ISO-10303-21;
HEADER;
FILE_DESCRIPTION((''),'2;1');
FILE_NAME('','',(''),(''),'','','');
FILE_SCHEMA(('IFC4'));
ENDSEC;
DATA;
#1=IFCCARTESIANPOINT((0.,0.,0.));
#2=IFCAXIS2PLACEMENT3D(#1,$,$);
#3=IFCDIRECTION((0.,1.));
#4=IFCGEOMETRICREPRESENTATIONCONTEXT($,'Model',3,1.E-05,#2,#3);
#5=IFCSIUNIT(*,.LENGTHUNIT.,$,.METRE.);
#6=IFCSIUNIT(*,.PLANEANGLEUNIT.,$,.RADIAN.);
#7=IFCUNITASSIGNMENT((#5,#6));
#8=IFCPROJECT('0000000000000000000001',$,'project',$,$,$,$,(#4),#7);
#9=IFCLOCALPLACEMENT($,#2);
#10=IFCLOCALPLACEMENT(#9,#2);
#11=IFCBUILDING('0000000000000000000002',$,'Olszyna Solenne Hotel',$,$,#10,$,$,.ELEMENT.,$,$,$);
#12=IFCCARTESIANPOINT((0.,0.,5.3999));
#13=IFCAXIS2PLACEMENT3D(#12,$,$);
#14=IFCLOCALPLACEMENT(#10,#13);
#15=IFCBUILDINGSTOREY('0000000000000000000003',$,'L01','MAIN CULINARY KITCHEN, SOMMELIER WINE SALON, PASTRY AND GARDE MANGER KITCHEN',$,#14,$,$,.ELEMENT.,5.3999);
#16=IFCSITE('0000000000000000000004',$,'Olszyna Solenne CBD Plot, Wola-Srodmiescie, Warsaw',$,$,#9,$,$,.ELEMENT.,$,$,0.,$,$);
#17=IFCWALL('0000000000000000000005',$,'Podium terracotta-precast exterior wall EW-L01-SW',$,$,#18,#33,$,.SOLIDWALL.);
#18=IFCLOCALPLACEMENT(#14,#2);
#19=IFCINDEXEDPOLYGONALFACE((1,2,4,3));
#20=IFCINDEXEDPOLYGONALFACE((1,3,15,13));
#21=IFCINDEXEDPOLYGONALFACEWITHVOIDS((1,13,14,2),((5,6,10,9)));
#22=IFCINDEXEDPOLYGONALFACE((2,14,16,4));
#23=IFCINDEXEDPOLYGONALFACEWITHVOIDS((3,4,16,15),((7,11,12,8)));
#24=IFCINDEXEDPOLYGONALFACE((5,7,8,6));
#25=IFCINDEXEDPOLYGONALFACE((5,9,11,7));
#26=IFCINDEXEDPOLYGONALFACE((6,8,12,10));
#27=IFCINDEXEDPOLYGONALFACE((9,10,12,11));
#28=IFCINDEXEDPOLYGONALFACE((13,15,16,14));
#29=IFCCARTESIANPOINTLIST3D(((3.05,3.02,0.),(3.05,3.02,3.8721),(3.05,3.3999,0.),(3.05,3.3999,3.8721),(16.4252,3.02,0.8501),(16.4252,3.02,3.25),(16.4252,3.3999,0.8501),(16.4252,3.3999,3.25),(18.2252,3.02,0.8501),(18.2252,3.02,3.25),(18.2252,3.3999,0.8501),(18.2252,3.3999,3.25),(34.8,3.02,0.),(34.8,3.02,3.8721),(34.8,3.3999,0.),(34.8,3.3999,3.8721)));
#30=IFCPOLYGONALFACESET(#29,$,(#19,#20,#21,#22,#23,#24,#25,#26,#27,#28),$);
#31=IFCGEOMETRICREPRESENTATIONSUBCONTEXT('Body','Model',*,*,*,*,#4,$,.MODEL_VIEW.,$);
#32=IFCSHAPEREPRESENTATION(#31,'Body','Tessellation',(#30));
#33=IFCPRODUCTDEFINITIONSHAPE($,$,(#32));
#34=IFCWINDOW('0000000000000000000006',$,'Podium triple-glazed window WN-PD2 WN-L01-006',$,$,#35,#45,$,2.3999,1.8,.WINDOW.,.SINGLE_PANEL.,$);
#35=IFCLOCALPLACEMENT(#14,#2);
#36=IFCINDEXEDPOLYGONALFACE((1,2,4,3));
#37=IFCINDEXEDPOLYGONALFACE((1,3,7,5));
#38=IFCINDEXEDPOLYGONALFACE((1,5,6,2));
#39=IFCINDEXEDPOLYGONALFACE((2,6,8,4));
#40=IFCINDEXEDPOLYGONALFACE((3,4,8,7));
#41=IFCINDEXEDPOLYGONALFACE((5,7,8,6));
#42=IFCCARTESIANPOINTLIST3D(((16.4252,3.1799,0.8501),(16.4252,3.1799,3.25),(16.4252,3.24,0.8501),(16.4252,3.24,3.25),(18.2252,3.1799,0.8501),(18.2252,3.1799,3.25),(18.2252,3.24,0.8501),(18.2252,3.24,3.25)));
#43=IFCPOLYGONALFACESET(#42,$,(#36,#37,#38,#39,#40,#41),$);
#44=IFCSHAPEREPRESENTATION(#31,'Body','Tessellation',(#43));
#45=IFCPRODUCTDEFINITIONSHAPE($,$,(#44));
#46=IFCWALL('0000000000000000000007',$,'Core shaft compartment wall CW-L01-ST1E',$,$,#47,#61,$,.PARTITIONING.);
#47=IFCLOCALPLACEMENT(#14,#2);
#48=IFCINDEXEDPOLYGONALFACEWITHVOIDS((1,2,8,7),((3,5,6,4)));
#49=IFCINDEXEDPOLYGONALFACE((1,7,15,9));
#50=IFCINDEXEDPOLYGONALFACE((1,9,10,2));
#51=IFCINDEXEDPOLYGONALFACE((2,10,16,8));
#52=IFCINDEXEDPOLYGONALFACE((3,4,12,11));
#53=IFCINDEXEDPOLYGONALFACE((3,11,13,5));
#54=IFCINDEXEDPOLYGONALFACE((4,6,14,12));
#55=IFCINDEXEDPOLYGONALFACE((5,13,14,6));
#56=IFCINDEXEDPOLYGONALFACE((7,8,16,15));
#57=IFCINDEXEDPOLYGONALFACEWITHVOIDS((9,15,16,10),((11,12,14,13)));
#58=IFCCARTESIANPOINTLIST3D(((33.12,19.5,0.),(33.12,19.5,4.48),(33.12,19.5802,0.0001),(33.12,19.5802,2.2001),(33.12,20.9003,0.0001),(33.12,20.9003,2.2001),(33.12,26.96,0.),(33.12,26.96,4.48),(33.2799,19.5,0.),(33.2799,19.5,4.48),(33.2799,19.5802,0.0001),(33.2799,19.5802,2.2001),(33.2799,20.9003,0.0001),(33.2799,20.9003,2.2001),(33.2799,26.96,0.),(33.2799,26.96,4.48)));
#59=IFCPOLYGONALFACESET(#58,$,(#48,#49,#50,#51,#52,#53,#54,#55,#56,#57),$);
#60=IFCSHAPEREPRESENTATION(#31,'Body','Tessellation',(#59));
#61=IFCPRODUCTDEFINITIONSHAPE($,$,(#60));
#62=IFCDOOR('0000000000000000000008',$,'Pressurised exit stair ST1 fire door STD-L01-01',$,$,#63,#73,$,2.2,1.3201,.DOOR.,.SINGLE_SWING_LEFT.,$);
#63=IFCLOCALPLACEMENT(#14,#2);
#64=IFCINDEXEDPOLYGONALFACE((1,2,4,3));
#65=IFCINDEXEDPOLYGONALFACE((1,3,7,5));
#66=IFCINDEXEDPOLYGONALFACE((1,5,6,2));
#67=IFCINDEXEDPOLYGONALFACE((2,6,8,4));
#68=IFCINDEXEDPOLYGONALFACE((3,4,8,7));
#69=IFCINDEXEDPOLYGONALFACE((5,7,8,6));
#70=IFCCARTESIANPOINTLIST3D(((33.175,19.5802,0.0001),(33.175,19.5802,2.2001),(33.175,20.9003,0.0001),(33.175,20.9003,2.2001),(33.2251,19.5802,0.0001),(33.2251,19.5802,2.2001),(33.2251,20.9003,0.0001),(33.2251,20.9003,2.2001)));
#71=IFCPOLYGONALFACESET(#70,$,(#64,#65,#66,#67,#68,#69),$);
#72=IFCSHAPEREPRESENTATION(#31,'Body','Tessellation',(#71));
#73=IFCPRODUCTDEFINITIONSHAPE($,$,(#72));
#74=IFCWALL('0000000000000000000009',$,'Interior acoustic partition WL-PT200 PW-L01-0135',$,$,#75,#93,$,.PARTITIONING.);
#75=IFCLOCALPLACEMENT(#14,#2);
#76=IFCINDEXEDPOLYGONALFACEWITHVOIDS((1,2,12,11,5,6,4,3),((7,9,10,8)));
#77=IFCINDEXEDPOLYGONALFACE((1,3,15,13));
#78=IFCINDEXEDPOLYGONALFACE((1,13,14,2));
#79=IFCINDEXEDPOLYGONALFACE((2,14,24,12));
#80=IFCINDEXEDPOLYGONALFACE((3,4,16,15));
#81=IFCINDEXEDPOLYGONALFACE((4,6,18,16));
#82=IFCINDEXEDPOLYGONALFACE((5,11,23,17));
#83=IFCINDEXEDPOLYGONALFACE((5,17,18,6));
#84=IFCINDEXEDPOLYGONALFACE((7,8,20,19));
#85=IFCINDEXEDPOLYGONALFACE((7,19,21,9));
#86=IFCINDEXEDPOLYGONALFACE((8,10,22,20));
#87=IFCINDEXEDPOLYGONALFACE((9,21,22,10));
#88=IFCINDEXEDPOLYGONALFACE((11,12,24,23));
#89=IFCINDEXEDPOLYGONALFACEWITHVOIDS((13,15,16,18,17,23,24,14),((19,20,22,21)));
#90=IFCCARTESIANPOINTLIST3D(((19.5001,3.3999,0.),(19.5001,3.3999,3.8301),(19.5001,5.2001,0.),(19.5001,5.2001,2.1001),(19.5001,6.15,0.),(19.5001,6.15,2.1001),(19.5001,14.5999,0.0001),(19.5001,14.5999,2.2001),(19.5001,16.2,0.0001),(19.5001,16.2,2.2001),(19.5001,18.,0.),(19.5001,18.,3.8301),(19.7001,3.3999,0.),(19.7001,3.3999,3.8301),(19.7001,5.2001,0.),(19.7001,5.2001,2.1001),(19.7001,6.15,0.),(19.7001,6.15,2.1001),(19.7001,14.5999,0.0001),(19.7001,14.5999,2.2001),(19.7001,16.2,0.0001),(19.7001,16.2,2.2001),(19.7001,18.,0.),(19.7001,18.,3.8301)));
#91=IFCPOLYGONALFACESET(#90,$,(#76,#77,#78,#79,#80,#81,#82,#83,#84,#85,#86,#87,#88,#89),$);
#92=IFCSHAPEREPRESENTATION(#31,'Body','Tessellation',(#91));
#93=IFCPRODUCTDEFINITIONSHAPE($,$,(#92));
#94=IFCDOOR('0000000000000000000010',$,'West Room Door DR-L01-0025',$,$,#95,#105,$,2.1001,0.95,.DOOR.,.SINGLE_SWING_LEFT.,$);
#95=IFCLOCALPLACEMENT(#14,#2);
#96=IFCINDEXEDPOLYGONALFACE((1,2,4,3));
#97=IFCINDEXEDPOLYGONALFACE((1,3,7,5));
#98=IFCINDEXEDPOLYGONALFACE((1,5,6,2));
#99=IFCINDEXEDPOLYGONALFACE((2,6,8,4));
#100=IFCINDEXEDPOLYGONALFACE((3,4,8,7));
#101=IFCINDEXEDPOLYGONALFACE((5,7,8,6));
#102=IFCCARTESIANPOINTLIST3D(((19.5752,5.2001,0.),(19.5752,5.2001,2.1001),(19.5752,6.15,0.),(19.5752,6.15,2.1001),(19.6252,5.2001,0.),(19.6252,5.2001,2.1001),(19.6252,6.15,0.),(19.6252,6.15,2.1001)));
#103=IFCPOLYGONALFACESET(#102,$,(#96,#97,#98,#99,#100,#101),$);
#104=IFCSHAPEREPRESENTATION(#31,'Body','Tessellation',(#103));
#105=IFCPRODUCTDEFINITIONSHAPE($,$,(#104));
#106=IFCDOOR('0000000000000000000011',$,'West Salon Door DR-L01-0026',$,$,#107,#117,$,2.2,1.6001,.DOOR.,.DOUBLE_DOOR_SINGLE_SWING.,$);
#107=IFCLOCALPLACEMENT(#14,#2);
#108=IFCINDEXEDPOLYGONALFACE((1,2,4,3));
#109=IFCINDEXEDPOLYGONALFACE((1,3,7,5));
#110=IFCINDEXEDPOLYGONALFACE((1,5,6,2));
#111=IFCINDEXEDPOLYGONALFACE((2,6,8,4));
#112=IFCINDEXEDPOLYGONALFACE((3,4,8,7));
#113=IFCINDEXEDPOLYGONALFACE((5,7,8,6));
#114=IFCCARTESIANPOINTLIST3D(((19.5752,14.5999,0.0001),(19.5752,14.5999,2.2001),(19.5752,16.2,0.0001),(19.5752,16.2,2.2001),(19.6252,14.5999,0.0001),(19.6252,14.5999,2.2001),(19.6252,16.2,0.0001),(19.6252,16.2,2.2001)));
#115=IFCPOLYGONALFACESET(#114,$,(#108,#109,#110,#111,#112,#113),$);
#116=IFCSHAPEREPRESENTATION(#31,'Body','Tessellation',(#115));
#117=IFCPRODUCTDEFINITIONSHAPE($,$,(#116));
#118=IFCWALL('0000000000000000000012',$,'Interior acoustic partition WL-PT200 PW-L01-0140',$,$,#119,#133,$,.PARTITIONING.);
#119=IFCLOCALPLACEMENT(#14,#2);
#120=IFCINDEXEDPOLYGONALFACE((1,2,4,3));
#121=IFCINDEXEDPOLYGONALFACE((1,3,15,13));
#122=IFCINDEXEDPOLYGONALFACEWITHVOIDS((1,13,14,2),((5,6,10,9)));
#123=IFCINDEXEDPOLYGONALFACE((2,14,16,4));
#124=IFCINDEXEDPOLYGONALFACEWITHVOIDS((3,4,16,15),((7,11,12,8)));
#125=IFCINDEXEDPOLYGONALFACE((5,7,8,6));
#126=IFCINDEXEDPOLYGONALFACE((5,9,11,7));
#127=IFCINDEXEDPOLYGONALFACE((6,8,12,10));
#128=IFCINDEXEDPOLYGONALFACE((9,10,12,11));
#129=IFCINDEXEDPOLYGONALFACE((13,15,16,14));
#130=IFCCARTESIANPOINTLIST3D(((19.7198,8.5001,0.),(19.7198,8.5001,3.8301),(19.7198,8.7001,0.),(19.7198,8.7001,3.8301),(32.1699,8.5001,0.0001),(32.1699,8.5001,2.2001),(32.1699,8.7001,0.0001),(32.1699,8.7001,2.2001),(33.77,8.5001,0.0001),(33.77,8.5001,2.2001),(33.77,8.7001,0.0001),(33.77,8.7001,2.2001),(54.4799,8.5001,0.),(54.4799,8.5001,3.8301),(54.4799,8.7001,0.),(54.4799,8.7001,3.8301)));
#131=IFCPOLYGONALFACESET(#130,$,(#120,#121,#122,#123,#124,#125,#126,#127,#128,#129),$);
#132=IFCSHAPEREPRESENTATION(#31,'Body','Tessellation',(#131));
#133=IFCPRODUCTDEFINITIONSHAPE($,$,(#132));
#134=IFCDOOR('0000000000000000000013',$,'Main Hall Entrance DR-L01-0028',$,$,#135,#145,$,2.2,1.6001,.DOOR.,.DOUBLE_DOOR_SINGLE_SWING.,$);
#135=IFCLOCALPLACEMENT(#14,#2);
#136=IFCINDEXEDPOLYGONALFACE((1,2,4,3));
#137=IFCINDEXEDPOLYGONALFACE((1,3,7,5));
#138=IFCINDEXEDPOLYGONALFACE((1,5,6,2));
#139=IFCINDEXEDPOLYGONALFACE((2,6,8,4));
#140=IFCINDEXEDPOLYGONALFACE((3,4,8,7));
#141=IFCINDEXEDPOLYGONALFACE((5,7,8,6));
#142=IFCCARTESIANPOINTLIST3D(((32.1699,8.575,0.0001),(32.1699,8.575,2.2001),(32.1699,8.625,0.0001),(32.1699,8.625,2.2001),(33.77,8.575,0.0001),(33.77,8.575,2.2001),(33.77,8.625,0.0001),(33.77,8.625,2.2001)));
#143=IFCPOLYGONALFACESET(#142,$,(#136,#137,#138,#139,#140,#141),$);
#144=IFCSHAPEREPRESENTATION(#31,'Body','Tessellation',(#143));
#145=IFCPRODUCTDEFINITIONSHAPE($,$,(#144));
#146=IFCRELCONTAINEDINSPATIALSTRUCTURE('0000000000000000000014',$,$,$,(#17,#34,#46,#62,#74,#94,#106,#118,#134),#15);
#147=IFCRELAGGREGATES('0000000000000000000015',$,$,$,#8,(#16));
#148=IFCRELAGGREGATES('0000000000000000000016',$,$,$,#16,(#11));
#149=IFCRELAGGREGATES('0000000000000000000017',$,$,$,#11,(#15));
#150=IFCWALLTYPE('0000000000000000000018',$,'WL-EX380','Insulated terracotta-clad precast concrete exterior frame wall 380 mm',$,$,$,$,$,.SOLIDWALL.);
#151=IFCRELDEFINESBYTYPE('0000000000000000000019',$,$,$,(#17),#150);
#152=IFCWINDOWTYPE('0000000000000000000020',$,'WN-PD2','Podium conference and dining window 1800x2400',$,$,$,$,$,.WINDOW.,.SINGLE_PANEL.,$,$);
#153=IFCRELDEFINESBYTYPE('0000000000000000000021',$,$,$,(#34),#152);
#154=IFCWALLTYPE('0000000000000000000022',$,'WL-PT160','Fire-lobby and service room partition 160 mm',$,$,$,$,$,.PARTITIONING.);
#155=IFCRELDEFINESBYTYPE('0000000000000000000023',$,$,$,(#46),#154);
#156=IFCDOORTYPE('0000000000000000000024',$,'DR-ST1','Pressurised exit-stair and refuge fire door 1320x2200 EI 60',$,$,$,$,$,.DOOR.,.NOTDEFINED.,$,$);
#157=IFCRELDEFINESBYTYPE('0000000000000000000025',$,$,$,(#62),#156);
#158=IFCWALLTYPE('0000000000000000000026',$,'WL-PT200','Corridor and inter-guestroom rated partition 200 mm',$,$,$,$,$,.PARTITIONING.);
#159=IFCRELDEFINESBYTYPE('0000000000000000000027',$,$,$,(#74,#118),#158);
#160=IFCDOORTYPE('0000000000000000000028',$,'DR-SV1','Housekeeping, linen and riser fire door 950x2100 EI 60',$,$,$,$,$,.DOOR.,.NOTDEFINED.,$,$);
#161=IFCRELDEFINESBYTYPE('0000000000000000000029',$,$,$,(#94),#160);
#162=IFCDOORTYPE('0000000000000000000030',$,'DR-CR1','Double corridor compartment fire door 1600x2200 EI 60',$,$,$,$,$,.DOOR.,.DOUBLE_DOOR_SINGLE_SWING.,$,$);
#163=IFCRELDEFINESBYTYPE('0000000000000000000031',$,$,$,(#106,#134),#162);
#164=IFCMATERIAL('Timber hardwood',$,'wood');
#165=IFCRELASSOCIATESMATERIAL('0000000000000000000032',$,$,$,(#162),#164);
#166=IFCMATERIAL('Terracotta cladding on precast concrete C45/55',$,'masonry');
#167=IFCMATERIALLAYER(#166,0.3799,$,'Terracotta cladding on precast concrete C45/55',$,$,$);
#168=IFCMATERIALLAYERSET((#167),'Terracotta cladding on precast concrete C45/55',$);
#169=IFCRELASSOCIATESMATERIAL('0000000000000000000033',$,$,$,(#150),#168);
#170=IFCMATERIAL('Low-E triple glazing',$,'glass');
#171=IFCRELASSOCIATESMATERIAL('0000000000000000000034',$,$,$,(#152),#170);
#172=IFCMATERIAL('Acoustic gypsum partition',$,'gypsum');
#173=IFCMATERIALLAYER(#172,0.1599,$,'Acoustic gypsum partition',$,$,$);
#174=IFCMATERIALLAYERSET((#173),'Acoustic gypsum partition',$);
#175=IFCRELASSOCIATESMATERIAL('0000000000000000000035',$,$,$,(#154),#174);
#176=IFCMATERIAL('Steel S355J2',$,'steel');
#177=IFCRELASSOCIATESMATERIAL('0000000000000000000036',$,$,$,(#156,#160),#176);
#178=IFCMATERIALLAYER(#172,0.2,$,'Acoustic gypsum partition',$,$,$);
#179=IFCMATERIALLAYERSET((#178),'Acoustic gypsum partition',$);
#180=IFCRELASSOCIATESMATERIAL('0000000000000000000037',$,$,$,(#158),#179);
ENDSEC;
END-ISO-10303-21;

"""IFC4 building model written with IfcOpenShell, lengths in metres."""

from ifc_helpers import new_model, si_unit, direction, frame, frame_2d, origin, place, context, subcontext, project, spatial, rectangle, extrude, source, transform, mapped, material, layer, layer_set, type_object, type_shapes, element, fill, save


model = new_model("IFC4")

# Units and contexts
model_context = context("Model", 3, precision=1e-05, world=origin(), true_north=direction((0.0, 1.0)))
body_context = subcontext(model_context, "Body", "Model", "MODEL_VIEW")
ifc_project = project(units=[si_unit("LENGTHUNIT", "METRE"), si_unit("PLANEANGLEUNIT", "RADIAN")], contexts=[model_context])

# Site, building, storey
site_placement = place(None, origin())
site = spatial("IfcSite", under=ifc_project, at=site_placement, Name="Olszyna Solenne CBD Plot, Wola-Srodmiescie, Warsaw", CompositionType="ELEMENT", RefElevation=0.0)
building_placement = place(site_placement, origin())
building = spatial("IfcBuilding", under=site, at=building_placement, Name="Olszyna Solenne Hotel", CompositionType="ELEMENT")
storey_placement = place(building_placement, frame((0.0, 0.0, 5.3999)))
storey = spatial("IfcBuildingStorey", under=building, at=storey_placement, Name="L01", Description="MAIN CULINARY KITCHEN, SOMMELIER WINE SALON, PASTRY AND GARDE MANGER KITCHEN", CompositionType="ELEMENT", Elevation=5.3999)

# Shared definitions
ifc_material_1 = material(Name="Steel S355J2", Category="steel")

# Shared definitions
ifc_material_2 = material(Name="Timber hardwood", Category="wood")
door_type_1 = type_object("IfcDoorType", Name="DR-CR1", Description="Double corridor compartment fire door 1600x2200 EI 60", OperationType="DOUBLE_DOOR_SINGLE_SWING", PredefinedType="DOOR", material=ifc_material_2)
shared_shape_1 = source(origin(), body_context, "Body", "SweptSolid", [
    extrude(rectangle(XDim=1.6001, YDim=2.2, at=frame_2d((0.8, 1.1001))), frame((0.0, 0.0249, 0.0), z_axis=(0.0, -1.0, 0.0), x_axis=(1.0, 0.0, 0.0)), (0.0, 0.0, 1.0), 0.05),
])
type_shapes(door_type_1, [shared_shape_1])

# Wall, opening, window
ifc_material_3 = material(Name="Terracotta cladding on precast concrete C45/55", Category="masonry")
ifc_layer_1 = layer(ifc_material_3, 0.3799, Name="Terracotta cladding on precast concrete C45/55")
ifc_layer_set_1 = layer_set([ifc_layer_1], Name="Terracotta cladding on precast concrete C45/55")
wall_type_1 = type_object("IfcWallType", Name="WL-EX380", Description="Insulated terracotta-clad precast concrete exterior frame wall 380 mm", PredefinedType="SOLIDWALL", material=ifc_layer_set_1)
wall_1_placement = place(storey_placement, frame((34.8, 3.21, 0.0), z_axis=(0.0, 0.0, 1.0), x_axis=(-1.0, 0.0, 0.0)))
wall_1 = element("IfcWall", 1, at=wall_1_placement, inside=storey, type_object=wall_type_1, Name="Podium terracotta-precast exterior wall EW-L01-SW", PredefinedType="SOLIDWALL", context=body_context, shape_type="SweptSolid", body=[
    extrude(rectangle(XDim=31.75, YDim=0.3799, at=frame_2d((15.875, 0.0))), origin(), (0.0, 0.0, 1.0), 3.8721),
])
opening_1_placement = place(wall_1_placement, frame((16.575, 0.0, 0.8501)))
opening_1 = element("IfcOpeningElement", 2, at=opening_1_placement, cuts=wall_1, PredefinedType="OPENING", context=body_context, shape_type="SweptSolid", body=[
    extrude(rectangle(XDim=1.8, YDim=2.3999, at=frame_2d((0.8999, 1.2))), frame((0.0, 0.2, 0.0), z_axis=(0.0, -1.0, 0.0), x_axis=(1.0, 0.0, 0.0)), (0.0, 0.0, 1.0), 0.3999),
])
ifc_material_4 = material(Name="Low-E triple glazing", Category="glass")
window_type = type_object("IfcWindowType", Name="WN-PD2", Description="Podium conference and dining window 1800x2400", PartitioningType="SINGLE_PANEL", PredefinedType="WINDOW", material=ifc_material_4)
shared_shape_2 = source(origin(), body_context, "Body", "SweptSolid", [
    extrude(rectangle(XDim=1.8, YDim=2.3999, at=frame_2d((0.8999, 1.2))), frame((0.0, 0.03, 0.0), z_axis=(0.0, -1.0, 0.0), x_axis=(1.0, 0.0, 0.0)), (0.0, 0.0, 1.0), 0.0601),
])
type_shapes(window_type, [shared_shape_2])
window_placement = place(opening_1_placement, origin())
window = element("IfcWindow", 3, at=window_placement, inside=storey, type_object=window_type, Name="Podium triple-glazed window WN-PD2 WN-L01-006", OverallHeight=2.3999, OverallWidth=1.8, PartitioningType="SINGLE_PANEL", PredefinedType="WINDOW", context=body_context, shape_type="MappedRepresentation", body=[
    mapped(shared_shape_2, transform((0.0, 0.0, 0.0), x_axis=(1.0, 0.0, 0.0), y_axis=(0.0, 1.0, 0.0), z_axis=(0.0, 0.0, 1.0), scale=1.0)),
])
fill(opening_1, window)

# Wall, opening, door
ifc_material_5 = material(Name="Acoustic gypsum partition", Category="gypsum")
ifc_layer_2 = layer(ifc_material_5, 0.1599, Name="Acoustic gypsum partition")
ifc_layer_set_2 = layer_set([ifc_layer_2], Name="Acoustic gypsum partition")
wall_type_2 = type_object("IfcWallType", Name="WL-PT160", Description="Fire-lobby and service room partition 160 mm", PredefinedType="PARTITIONING", material=ifc_layer_set_2)
wall_2_placement = place(storey_placement, frame((33.2, 19.5, 0.0), z_axis=(0.0, 0.0, 1.0), x_axis=(0.0, 1.0, 0.0)))
wall_2 = element("IfcWall", 4, at=wall_2_placement, inside=storey, type_object=wall_type_2, Name="Core shaft compartment wall CW-L01-ST1E", PredefinedType="PARTITIONING", context=body_context, shape_type="SweptSolid", body=[
    extrude(rectangle(XDim=7.46, YDim=0.1599, at=frame_2d((3.73, 0.0))), origin(), (0.0, 0.0, 1.0), 4.48),
])
opening_2_placement = place(wall_2_placement, frame((0.0801, 0.0, 0.0)))
opening_2 = element("IfcOpeningElement", 5, at=opening_2_placement, cuts=wall_2, PredefinedType="OPENING", context=body_context, shape_type="SweptSolid", body=[
    extrude(rectangle(XDim=1.3201, YDim=2.2, at=frame_2d((0.6602, 1.1001))), frame((0.0, 0.0898, 0.0), z_axis=(0.0, -1.0, 0.0), x_axis=(1.0, 0.0, 0.0)), (0.0, 0.0, 1.0), 0.1799),
])
door_type_2 = type_object("IfcDoorType", Name="DR-ST1", Description="Pressurised exit-stair and refuge fire door 1320x2200 EI 60", OperationType="NOTDEFINED", PredefinedType="DOOR", material=ifc_material_1)
shared_shape_3 = source(origin(), body_context, "Body", "SweptSolid", [
    extrude(rectangle(XDim=1.3201, YDim=2.2, at=frame_2d((0.6602, 1.1001))), frame((0.0, 0.0249, 0.0), z_axis=(0.0, -1.0, 0.0), x_axis=(1.0, 0.0, 0.0)), (0.0, 0.0, 1.0), 0.05),
])
type_shapes(door_type_2, [shared_shape_3])
door_1_placement = place(opening_2_placement, origin())
door_1 = element("IfcDoor", 6, at=door_1_placement, inside=storey, type_object=door_type_2, Name="Pressurised exit stair ST1 fire door STD-L01-01", OperationType="SINGLE_SWING_LEFT", OverallHeight=2.2, OverallWidth=1.3201, PredefinedType="DOOR", context=body_context, shape_type="MappedRepresentation", body=[
    mapped(shared_shape_3, transform((0.0, 0.0, 0.0), x_axis=(1.0, 0.0, 0.0), y_axis=(0.0, 1.0, 0.0), z_axis=(0.0, 0.0, 1.0), scale=1.0)),
])
fill(opening_2, door_1)

# Wall, openings, doors
ifc_layer_3 = layer(ifc_material_5, 0.2, Name="Acoustic gypsum partition")
ifc_layer_set_3 = layer_set([ifc_layer_3], Name="Acoustic gypsum partition")
wall_type_3 = type_object("IfcWallType", Name="WL-PT200", Description="Corridor and inter-guestroom rated partition 200 mm", PredefinedType="PARTITIONING", material=ifc_layer_set_3)
wall_3_placement = place(storey_placement, frame((19.6001, 3.3999, 0.0), z_axis=(0.0, 0.0, 1.0), x_axis=(0.0, 1.0, 0.0)))
wall_3 = element("IfcWall", 7, at=wall_3_placement, inside=storey, type_object=wall_type_3, Name="Interior acoustic partition WL-PT200 PW-L01-0135", PredefinedType="PARTITIONING", context=body_context, shape_type="SweptSolid", body=[
    extrude(rectangle(XDim=14.6001, YDim=0.2, at=frame_2d((7.3, 0.0))), origin(), (0.0, 0.0, 1.0), 3.8301),
])
opening_3_placement = place(wall_3_placement, frame((1.8, 0.0, 0.0)))
opening_3 = element("IfcOpeningElement", 8, at=opening_3_placement, cuts=wall_3, PredefinedType="OPENING", context=body_context, shape_type="SweptSolid", body=[
    extrude(rectangle(XDim=0.95, YDim=2.1001, at=frame_2d((0.4751, 1.05))), frame((0.0, 0.1099, 0.0), z_axis=(0.0, -1.0, 0.0), x_axis=(1.0, 0.0, 0.0)), (0.0, 0.0, 1.0), 0.22),
])
opening_4_placement = place(wall_3_placement, frame((11.2, 0.0, 0.0)))
opening_4 = element("IfcOpeningElement", 9, at=opening_4_placement, cuts=wall_3, PredefinedType="OPENING", context=body_context, shape_type="SweptSolid", body=[
    extrude(rectangle(XDim=1.6001, YDim=2.2, at=frame_2d((0.8, 1.1001))), frame((0.0, 0.1099, 0.0), z_axis=(0.0, -1.0, 0.0), x_axis=(1.0, 0.0, 0.0)), (0.0, 0.0, 1.0), 0.22),
])
door_type_3 = type_object("IfcDoorType", Name="DR-SV1", Description="Housekeeping, linen and riser fire door 950x2100 EI 60", OperationType="NOTDEFINED", PredefinedType="DOOR", material=ifc_material_1)
shared_shape_4 = source(origin(), body_context, "Body", "SweptSolid", [
    extrude(rectangle(XDim=0.95, YDim=2.1001, at=frame_2d((0.4751, 1.05))), frame((0.0, 0.0249, 0.0), z_axis=(0.0, -1.0, 0.0), x_axis=(1.0, 0.0, 0.0)), (0.0, 0.0, 1.0), 0.05),
])
type_shapes(door_type_3, [shared_shape_4])
door_2_placement = place(opening_3_placement, origin())
door_2 = element("IfcDoor", 10, at=door_2_placement, inside=storey, type_object=door_type_3, Name="West Room Door DR-L01-0025", OperationType="SINGLE_SWING_LEFT", OverallHeight=2.1001, OverallWidth=0.95, PredefinedType="DOOR", context=body_context, shape_type="MappedRepresentation", body=[
    mapped(shared_shape_4, transform((0.0, 0.0, 0.0), x_axis=(1.0, 0.0, 0.0), y_axis=(0.0, 1.0, 0.0), z_axis=(0.0, 0.0, 1.0), scale=1.0)),
])
fill(opening_3, door_2)
door_3_placement = place(opening_4_placement, origin())
door_3 = element("IfcDoor", 11, at=door_3_placement, inside=storey, type_object=door_type_1, Name="West Salon Door DR-L01-0026", OperationType="DOUBLE_DOOR_SINGLE_SWING", OverallHeight=2.2, OverallWidth=1.6001, PredefinedType="DOOR", context=body_context, shape_type="MappedRepresentation", body=[
    mapped(shared_shape_1, transform((0.0, 0.0, 0.0), x_axis=(1.0, 0.0, 0.0), y_axis=(0.0, 1.0, 0.0), z_axis=(0.0, 0.0, 1.0), scale=1.0)),
])
fill(opening_4, door_3)

# Wall, opening, door
wall_4_placement = place(storey_placement, frame((19.72, 8.6001, 0.0), z_axis=(0.0, 0.0, 1.0), x_axis=(1.0, 0.0, 0.0)))
wall_4 = element("IfcWall", 12, at=wall_4_placement, inside=storey, type_object=wall_type_3, Name="Interior acoustic partition WL-PT200 PW-L01-0140", PredefinedType="PARTITIONING", context=body_context, shape_type="SweptSolid", body=[
    extrude(rectangle(XDim=34.76, YDim=0.2, at=frame_2d((17.3799, 0.0))), origin(), (0.0, 0.0, 1.0), 3.8301),
])
opening_5_placement = place(wall_4_placement, frame((12.45, 0.0, 0.0)))
opening_5 = element("IfcOpeningElement", 13, at=opening_5_placement, cuts=wall_4, PredefinedType="OPENING", context=body_context, shape_type="SweptSolid", body=[
    extrude(rectangle(XDim=1.6001, YDim=2.2, at=frame_2d((0.8, 1.1001))), frame((0.0, 0.1099, 0.0), z_axis=(0.0, -1.0, 0.0), x_axis=(1.0, 0.0, 0.0)), (0.0, 0.0, 1.0), 0.22),
])
door_4_placement = place(opening_5_placement, origin())
door_4 = element("IfcDoor", 14, at=door_4_placement, inside=storey, type_object=door_type_1, Name="Main Hall Entrance DR-L01-0028", OperationType="DOUBLE_DOOR_SINGLE_SWING", OverallHeight=2.2, OverallWidth=1.6001, PredefinedType="DOOR", context=body_context, shape_type="MappedRepresentation", body=[
    mapped(shared_shape_1, transform((0.0, 0.0, 0.0), x_axis=(1.0, 0.0, 0.0), y_axis=(0.0, 1.0, 0.0), z_axis=(0.0, 0.0, 1.0), scale=1.0)),
])
fill(opening_5, door_4)

save(model, "model.ifc")
